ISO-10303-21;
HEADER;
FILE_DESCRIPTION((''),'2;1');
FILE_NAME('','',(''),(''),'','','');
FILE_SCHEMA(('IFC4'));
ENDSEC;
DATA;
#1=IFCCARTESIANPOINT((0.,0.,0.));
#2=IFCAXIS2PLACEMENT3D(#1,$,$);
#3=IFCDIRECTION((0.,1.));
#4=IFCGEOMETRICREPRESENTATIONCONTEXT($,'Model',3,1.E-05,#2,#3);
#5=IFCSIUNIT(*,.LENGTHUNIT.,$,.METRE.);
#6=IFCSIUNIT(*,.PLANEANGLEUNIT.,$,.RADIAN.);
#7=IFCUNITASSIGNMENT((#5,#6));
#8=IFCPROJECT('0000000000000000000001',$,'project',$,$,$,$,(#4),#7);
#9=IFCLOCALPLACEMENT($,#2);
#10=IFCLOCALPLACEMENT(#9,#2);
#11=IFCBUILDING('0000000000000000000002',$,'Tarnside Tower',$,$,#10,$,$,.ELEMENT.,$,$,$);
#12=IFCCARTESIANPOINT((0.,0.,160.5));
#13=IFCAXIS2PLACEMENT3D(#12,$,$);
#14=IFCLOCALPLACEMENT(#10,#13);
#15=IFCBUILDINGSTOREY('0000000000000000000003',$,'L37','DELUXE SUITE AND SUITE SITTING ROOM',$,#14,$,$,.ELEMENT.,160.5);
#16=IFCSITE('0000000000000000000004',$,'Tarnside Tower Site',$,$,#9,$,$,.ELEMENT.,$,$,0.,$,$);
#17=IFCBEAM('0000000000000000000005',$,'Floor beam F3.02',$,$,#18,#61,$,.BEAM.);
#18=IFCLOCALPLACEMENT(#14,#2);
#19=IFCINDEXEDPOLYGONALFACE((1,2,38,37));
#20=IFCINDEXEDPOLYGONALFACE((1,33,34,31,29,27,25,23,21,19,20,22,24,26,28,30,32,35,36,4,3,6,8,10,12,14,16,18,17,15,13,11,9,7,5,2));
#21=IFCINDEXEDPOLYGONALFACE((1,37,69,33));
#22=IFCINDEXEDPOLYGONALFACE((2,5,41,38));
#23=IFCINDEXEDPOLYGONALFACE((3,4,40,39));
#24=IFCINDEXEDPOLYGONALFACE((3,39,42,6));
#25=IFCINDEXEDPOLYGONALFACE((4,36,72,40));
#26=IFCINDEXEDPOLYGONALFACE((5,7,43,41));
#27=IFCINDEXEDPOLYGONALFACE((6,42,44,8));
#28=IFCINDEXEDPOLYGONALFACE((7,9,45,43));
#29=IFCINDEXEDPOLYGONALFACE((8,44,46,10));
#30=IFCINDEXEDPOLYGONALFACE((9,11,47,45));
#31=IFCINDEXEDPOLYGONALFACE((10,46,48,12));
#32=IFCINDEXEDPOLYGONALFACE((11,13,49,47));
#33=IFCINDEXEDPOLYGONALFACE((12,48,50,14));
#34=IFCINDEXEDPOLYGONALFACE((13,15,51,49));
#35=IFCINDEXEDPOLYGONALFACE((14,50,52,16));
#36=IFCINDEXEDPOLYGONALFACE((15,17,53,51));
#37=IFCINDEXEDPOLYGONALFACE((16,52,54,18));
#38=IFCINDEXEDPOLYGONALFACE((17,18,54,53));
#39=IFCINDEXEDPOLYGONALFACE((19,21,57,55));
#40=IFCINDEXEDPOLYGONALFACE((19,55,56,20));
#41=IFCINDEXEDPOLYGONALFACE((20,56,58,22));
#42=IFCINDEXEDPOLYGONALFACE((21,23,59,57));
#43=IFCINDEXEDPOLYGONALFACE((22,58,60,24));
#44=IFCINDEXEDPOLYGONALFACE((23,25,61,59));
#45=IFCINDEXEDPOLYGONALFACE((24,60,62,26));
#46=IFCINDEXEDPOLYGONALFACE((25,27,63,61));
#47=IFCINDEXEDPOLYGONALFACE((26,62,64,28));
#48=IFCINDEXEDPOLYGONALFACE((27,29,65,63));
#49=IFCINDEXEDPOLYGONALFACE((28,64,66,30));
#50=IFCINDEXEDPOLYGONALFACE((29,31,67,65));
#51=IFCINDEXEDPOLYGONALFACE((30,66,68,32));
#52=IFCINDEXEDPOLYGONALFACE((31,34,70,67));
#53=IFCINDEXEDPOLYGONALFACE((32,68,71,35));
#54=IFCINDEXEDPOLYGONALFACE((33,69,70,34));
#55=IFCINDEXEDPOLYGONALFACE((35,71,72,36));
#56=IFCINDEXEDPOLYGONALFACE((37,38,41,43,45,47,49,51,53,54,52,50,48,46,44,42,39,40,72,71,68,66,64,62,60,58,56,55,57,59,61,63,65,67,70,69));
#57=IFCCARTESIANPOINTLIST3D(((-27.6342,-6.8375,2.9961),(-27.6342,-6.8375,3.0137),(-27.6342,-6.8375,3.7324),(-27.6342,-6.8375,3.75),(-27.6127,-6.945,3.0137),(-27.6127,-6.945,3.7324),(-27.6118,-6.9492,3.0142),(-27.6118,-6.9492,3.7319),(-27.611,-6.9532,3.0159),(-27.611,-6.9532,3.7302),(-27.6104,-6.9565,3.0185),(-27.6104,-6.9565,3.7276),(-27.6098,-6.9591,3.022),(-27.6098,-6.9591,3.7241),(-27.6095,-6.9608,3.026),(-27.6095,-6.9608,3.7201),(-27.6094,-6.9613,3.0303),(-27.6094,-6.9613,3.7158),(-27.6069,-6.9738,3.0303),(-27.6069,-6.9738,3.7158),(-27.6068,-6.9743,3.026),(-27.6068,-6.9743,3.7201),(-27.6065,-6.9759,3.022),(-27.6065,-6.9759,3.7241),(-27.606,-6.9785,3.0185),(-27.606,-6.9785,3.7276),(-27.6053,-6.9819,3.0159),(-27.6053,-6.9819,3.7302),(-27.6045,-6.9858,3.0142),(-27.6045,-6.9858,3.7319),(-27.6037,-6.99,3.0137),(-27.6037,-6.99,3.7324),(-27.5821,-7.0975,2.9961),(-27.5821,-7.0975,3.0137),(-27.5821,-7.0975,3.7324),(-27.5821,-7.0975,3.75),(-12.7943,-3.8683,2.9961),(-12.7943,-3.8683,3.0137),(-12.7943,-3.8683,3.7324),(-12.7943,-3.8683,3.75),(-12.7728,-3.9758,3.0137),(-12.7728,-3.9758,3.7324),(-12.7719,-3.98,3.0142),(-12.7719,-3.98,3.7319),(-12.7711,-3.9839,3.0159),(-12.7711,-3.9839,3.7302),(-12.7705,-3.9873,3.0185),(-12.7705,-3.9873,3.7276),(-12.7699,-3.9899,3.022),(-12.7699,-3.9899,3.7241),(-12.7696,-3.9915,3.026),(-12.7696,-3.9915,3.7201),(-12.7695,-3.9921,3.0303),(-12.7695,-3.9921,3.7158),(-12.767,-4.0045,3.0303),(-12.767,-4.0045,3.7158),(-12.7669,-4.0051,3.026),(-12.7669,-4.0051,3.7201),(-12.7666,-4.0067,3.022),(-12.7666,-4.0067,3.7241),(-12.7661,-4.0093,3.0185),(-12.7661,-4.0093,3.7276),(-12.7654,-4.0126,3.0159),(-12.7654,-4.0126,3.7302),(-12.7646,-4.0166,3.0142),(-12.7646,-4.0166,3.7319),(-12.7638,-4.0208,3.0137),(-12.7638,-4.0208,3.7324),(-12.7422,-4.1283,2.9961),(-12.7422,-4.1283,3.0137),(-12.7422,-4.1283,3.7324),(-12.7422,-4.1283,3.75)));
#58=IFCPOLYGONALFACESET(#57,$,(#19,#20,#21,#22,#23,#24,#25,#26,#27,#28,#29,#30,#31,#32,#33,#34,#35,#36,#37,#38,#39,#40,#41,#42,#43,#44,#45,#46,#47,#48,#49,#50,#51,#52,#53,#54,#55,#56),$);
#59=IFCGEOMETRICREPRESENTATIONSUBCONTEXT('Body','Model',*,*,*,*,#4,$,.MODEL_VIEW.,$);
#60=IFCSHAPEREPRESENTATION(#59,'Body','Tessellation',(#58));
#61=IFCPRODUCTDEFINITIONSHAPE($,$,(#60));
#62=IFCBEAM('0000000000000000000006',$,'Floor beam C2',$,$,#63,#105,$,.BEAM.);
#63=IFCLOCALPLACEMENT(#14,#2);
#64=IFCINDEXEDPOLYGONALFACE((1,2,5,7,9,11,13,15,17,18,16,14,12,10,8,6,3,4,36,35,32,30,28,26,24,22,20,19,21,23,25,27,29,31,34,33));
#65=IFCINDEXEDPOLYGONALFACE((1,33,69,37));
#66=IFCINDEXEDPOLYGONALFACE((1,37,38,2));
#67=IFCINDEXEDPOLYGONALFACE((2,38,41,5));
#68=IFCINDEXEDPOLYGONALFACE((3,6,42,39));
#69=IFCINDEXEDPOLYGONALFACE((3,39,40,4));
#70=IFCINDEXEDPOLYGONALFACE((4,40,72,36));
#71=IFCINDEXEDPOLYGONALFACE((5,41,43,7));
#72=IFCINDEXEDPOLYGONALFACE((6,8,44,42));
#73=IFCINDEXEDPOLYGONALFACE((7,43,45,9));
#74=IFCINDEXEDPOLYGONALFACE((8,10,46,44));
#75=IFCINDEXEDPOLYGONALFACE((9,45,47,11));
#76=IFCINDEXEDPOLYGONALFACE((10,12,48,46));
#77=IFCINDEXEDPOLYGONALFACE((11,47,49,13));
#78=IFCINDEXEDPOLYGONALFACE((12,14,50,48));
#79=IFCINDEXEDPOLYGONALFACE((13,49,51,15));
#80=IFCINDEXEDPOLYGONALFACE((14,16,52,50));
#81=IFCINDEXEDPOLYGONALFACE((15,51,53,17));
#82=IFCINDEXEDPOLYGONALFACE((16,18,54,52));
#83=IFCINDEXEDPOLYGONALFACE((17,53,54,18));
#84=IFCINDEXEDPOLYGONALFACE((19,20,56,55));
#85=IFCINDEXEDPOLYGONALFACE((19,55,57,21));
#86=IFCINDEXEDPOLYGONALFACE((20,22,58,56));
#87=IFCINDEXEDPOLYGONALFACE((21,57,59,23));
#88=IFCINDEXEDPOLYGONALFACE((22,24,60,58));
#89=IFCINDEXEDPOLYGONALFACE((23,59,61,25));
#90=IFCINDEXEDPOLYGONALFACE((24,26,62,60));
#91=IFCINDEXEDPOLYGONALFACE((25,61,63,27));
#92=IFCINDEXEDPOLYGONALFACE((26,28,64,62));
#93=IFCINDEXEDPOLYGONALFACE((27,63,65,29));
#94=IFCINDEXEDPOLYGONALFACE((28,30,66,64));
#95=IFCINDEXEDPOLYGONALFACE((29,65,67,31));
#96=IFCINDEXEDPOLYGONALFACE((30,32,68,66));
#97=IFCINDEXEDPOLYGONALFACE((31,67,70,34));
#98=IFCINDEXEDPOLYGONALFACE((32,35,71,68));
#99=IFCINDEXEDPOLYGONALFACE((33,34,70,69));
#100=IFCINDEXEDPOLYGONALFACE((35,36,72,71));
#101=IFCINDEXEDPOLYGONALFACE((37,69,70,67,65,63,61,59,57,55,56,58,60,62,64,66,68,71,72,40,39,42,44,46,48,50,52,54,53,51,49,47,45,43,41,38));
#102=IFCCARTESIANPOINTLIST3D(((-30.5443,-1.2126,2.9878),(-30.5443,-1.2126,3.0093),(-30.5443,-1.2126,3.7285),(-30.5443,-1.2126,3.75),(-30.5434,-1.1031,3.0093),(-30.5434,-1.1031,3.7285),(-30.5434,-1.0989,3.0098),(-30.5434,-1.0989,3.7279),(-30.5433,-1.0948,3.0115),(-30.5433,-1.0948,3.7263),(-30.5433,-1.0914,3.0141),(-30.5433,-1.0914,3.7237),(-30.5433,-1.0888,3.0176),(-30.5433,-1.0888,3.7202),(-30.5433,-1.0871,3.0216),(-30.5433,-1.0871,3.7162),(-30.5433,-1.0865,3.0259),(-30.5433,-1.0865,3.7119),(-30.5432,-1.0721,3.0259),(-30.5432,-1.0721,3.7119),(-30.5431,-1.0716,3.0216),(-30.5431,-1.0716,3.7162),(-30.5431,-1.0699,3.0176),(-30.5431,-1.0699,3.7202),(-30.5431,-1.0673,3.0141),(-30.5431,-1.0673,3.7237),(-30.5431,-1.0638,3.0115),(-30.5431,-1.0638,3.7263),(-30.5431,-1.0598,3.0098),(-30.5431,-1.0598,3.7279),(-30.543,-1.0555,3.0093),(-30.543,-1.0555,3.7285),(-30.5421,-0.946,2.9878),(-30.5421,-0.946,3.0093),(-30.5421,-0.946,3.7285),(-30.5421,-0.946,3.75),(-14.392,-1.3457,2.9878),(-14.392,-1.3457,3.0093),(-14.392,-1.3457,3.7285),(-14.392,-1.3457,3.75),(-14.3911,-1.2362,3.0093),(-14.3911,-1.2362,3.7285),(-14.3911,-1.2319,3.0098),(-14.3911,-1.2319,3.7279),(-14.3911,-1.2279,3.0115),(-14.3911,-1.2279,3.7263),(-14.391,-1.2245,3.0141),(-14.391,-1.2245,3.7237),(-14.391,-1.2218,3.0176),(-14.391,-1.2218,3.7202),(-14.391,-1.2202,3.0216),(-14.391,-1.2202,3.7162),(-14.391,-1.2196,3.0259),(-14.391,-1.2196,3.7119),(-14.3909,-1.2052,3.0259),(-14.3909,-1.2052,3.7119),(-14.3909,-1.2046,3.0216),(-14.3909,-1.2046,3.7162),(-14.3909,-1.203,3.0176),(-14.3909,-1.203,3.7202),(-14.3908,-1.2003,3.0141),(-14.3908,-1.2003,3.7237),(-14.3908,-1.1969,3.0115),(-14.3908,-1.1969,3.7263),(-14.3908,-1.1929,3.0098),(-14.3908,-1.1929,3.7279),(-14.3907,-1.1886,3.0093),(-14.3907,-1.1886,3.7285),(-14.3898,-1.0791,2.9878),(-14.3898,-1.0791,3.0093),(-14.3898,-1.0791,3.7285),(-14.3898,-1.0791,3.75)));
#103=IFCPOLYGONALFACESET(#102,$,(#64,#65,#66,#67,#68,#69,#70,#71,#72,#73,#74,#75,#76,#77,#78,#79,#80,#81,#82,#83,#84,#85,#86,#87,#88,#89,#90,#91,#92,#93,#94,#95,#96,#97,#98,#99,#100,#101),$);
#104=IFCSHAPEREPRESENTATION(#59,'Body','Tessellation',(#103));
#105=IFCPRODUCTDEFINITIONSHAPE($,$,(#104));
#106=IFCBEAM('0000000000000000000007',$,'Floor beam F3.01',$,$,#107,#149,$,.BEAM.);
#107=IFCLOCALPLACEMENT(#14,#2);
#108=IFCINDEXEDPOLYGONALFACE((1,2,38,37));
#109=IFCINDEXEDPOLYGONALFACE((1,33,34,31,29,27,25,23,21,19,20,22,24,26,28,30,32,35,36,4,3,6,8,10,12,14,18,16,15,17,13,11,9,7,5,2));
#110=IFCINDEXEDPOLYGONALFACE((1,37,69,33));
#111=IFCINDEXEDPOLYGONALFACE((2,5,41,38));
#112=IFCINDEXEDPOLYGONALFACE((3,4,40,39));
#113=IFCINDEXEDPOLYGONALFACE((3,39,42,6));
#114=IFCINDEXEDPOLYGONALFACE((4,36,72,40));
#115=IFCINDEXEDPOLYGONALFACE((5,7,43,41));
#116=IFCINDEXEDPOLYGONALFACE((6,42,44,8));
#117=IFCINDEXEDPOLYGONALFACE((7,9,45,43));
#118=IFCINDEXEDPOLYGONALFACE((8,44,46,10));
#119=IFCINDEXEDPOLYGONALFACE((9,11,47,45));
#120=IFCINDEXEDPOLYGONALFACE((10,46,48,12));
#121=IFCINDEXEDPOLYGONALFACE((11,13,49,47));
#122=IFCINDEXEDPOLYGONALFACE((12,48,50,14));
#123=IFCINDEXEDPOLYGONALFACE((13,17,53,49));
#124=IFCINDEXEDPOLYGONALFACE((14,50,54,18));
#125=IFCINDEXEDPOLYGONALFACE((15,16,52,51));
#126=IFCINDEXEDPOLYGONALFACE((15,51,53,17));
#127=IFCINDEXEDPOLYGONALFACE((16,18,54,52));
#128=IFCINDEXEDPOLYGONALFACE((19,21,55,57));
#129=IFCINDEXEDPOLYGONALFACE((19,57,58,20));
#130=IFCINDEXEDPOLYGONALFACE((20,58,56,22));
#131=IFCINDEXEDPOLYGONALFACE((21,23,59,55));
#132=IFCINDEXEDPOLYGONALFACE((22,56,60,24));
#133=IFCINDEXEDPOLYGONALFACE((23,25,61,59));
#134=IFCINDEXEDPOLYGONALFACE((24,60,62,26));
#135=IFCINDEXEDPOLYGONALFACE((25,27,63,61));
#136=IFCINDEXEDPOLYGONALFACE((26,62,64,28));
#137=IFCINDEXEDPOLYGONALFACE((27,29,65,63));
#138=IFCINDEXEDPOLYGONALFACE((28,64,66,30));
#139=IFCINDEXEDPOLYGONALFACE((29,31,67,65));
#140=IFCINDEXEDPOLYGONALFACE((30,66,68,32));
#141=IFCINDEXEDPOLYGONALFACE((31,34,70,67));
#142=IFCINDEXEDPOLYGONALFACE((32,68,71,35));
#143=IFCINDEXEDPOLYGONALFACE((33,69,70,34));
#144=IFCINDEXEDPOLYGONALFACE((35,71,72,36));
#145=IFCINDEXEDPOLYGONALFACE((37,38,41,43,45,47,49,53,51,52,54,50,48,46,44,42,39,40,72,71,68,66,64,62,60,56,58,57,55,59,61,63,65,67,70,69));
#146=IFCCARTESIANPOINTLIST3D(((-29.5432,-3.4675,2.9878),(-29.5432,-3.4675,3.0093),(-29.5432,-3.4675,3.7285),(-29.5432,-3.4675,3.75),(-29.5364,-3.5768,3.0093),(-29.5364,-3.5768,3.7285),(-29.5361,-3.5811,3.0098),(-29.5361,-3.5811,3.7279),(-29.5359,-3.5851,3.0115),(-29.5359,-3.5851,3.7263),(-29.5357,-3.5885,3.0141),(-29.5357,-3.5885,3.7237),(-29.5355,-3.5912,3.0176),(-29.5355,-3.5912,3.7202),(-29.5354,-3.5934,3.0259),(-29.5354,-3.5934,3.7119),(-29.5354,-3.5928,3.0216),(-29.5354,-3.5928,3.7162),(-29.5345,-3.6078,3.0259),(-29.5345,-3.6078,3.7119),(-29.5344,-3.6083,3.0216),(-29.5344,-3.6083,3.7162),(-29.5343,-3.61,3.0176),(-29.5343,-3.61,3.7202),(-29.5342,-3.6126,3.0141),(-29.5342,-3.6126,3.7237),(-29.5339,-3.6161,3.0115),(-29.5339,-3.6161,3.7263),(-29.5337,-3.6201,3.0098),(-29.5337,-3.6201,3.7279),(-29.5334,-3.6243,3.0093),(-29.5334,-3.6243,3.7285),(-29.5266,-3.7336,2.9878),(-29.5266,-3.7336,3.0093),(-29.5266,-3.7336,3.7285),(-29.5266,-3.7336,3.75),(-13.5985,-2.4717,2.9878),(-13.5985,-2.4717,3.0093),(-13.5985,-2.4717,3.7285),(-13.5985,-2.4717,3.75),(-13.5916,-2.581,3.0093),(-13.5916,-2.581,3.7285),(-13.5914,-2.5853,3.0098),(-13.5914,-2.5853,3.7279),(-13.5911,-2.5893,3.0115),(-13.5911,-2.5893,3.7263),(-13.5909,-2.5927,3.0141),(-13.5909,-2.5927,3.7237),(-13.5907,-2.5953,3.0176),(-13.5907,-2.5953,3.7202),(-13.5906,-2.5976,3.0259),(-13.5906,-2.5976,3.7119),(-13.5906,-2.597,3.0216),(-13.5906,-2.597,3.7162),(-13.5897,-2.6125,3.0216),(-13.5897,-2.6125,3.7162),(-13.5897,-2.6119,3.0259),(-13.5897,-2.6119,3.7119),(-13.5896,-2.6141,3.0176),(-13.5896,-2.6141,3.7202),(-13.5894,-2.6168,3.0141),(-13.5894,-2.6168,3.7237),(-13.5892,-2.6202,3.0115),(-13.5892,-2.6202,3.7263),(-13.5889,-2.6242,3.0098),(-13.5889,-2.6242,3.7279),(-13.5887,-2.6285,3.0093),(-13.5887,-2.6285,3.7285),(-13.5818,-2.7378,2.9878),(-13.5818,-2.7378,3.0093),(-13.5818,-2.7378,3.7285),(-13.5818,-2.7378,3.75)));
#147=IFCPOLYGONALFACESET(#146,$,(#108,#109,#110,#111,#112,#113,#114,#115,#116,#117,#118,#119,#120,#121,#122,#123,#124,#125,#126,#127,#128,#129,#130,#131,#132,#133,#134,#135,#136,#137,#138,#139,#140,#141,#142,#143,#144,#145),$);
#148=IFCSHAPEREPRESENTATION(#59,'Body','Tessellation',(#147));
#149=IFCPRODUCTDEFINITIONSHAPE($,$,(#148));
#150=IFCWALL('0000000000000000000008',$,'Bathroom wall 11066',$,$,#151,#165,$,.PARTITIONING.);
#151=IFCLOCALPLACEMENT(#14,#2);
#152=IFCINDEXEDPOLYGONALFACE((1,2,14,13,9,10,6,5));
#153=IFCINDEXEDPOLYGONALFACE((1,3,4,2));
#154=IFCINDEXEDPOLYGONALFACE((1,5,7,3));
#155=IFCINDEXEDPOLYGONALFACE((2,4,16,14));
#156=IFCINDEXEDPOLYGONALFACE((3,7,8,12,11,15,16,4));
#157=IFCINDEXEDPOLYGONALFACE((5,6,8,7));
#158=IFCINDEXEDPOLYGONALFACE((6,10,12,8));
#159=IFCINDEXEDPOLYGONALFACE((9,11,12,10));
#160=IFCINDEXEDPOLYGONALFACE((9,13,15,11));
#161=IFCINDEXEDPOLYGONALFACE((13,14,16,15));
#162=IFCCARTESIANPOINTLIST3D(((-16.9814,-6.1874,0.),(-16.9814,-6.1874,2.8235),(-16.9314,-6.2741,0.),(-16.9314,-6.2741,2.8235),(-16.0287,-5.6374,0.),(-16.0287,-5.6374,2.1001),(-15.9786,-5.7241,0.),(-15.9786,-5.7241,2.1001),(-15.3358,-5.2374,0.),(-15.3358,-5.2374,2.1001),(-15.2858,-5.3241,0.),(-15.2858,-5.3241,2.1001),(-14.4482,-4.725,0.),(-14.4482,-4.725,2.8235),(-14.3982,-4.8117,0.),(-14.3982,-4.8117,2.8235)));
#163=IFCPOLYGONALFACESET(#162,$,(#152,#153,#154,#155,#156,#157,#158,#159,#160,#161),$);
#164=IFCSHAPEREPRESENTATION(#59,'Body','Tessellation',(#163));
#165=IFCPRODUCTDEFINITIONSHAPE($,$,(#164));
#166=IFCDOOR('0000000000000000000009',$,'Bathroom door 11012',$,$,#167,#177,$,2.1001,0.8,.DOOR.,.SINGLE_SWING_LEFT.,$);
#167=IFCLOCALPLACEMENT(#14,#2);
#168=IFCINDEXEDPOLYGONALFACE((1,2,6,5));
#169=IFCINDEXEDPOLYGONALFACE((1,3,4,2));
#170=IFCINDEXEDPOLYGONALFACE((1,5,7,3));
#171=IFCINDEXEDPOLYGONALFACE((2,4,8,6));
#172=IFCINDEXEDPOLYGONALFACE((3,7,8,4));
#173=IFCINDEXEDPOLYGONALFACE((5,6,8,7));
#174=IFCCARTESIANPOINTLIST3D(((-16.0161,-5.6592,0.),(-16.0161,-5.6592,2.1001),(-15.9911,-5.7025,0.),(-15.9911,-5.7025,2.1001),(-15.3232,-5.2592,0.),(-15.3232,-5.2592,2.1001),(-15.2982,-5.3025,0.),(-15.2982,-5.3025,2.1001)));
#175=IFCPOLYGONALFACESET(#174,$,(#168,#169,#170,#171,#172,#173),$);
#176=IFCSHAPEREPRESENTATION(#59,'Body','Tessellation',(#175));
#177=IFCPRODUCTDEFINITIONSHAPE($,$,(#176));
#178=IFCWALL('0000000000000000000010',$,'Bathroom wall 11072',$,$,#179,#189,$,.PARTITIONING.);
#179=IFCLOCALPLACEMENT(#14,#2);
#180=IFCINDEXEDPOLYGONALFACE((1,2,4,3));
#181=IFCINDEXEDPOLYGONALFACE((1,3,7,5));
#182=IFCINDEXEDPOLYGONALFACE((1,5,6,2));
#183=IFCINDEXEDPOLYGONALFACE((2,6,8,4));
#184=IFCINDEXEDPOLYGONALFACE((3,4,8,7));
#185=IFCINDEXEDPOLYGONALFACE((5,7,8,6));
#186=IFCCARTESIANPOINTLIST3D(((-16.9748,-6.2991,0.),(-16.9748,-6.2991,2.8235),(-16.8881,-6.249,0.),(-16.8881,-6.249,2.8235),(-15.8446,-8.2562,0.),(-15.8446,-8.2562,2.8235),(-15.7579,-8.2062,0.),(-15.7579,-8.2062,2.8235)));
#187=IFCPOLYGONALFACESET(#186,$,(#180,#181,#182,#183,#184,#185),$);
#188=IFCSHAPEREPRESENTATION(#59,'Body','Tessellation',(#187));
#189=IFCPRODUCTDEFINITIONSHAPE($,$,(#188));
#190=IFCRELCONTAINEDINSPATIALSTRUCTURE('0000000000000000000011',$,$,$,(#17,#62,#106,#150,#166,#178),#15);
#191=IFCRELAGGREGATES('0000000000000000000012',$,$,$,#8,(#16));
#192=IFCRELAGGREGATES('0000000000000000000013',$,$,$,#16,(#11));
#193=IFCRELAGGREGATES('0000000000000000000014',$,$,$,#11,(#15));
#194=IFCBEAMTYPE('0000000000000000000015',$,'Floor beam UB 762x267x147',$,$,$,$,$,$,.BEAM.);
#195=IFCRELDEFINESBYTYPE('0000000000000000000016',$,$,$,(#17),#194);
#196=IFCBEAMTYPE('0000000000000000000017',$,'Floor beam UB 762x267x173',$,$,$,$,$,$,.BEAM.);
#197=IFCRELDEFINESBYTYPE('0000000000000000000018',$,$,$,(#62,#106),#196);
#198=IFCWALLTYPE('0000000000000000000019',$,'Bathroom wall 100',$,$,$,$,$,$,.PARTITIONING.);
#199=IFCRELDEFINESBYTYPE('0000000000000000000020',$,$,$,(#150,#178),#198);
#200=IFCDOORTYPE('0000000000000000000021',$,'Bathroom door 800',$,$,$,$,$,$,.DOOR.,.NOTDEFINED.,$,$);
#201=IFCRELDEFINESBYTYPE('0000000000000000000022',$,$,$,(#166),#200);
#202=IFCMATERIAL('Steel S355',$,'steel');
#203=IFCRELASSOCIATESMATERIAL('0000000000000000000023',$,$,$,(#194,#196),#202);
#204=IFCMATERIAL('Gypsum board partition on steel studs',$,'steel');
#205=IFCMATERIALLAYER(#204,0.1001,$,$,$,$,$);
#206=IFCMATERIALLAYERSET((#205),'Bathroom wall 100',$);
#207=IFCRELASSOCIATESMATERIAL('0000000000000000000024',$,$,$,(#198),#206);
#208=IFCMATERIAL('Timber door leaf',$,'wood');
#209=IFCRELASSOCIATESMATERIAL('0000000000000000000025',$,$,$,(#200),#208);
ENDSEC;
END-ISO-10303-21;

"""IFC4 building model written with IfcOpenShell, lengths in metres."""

from ifc_helpers import new_model, si_unit, direction, frame, frame_2d, origin, origin_2d, place, context, subcontext, project, spatial, rectangle, i_section, extrude, material, layer, layer_set, material_profile, profile_set, type_object, element, fill, save


model = new_model("IFC4")

# Units and contexts
model_context = context("Model", 3, precision=1e-05, world=origin(), true_north=direction((0.0, 1.0)))
body_context = subcontext(model_context, "Body", "Model", "MODEL_VIEW")
ifc_project = project(units=[si_unit("LENGTHUNIT", "METRE"), si_unit("PLANEANGLEUNIT", "RADIAN")], contexts=[model_context])

# Site, building, storey
site_placement = place(None, origin())
site = spatial("IfcSite", under=ifc_project, at=site_placement, Name="Tarnside Tower Site", CompositionType="ELEMENT", RefElevation=0.0)
building_placement = place(site_placement, origin())
building = spatial("IfcBuilding", under=site, at=building_placement, Name="Tarnside Tower", CompositionType="ELEMENT")
storey_placement = place(building_placement, frame((0.0, 0.0, 160.5)))
storey = spatial("IfcBuildingStorey", under=building, at=storey_placement, Name="L37", Description="DELUXE SUITE AND SUITE SITTING ROOM", CompositionType="ELEMENT", Elevation=160.5)

# Beams
ifc_material_1 = material(Name="Steel S355", Category="steel")
ifc_material_profile_1 = material_profile(ifc_material_1, i_section(OverallWidth=0.2651, OverallDepth=0.7539, WebThickness=0.0127, FlangeThickness=0.0176, FilletRadius=0.0166, at=origin_2d()), Name="UB 762x267x147")
ifc_profile_set_1 = profile_set([ifc_material_profile_1], Name="Steel S355")
beam_type_1 = type_object("IfcBeamType", Name="Floor beam UB 762x267x147", PredefinedType="BEAM", material=ifc_profile_set_1)
beam_1_placement = place(storey_placement, frame((-27.6082, -6.9675, 3.373), z_axis=(0.980565, 0.196197, 0.0), x_axis=(-0.196197, 0.980565, 0.0)))
element("IfcBeam", 1, at=beam_1_placement, inside=storey, type_object=beam_type_1, Name="Floor beam F3.02", PredefinedType="BEAM", context=body_context, shape_type="SweptSolid", body=[
    extrude(i_section(OverallWidth=0.2651, OverallDepth=0.7539, WebThickness=0.0127, FlangeThickness=0.0176, FilletRadius=0.0166, at=origin_2d()), origin(), (0.0, 0.0, 1.0), 15.134),
])
ifc_material_profile_2 = material_profile(ifc_material_1, i_section(OverallWidth=0.2666, OverallDepth=0.7622, WebThickness=0.0144, FlangeThickness=0.0215, FilletRadius=0.0166, at=origin_2d()), Name="UB 762x267x173")
ifc_profile_set_2 = profile_set([ifc_material_profile_2], Name="Steel S355")
beam_type_2 = type_object("IfcBeamType", Name="Floor beam UB 762x267x173", PredefinedType="BEAM", material=ifc_profile_set_2)
beam_2_placement = place(storey_placement, frame((-30.5432, -1.0793, 3.3689), z_axis=(0.999966, -0.008237, 0.0), x_axis=(0.008237, 0.999966, 0.0)))
element("IfcBeam", 2, at=beam_2_placement, inside=storey, type_object=beam_type_2, Name="Floor beam C2", PredefinedType="BEAM", context=body_context, shape_type="SweptSolid", body=[
    extrude(i_section(OverallWidth=0.2666, OverallDepth=0.7622, WebThickness=0.0144, FlangeThickness=0.0215, FilletRadius=0.0166, at=origin_2d()), origin(), (0.0, 0.0, 1.0), 16.1528),
])
beam_3_placement = place(storey_placement, frame((-29.5349, -3.6006, 3.3689), z_axis=(0.998055, 0.062335, 0.0), x_axis=(-0.062335, 0.998055, 0.0)))
element("IfcBeam", 3, at=beam_3_placement, inside=storey, type_object=beam_type_2, Name="Floor beam F3.01", PredefinedType="BEAM", context=body_context, shape_type="SweptSolid", body=[
    extrude(i_section(OverallWidth=0.2666, OverallDepth=0.7622, WebThickness=0.0144, FlangeThickness=0.0215, FilletRadius=0.0166, at=origin_2d()), origin(), (0.0, 0.0, 1.0), 15.9758),
])

# Wall, opening, door
ifc_material_2 = material(Name="Gypsum board partition on steel studs", Category="steel")
ifc_layer_1 = layer(ifc_material_2, 0.1001)
ifc_layer_set_1 = layer_set([ifc_layer_1], Name="Bathroom wall 100")
wall_type_1 = type_object("IfcWallType", Name="Bathroom wall 100", PredefinedType="PARTITIONING", material=ifc_layer_set_1)
wall_1_placement = place(storey_placement, frame((-16.9563, -6.2307, 0.0), z_axis=(0.0, 0.0, 1.0), x_axis=(0.866047, 0.499963, 0.0)))
wall_1 = element("IfcWall", 4, at=wall_1_placement, inside=storey, type_object=wall_type_1, Name="Bathroom wall 11066", PredefinedType="PARTITIONING", context=body_context, shape_type="SweptSolid", body=[
    extrude(rectangle(XDim=2.925, YDim=0.1001, at=frame_2d((1.4624, 0.0))), origin(), (0.0, 0.0, 1.0), 2.8235),
])
opening_1_placement = place(wall_1_placement, frame((1.1001, 0.0, 0.0)))
opening_1 = element("IfcOpeningElement", 5, at=opening_1_placement, cuts=wall_1, PredefinedType="OPENING", context=body_context, shape_type="SweptSolid", body=[
    extrude(rectangle(XDim=0.8, YDim=2.1001, at=frame_2d((0.3999, 1.05))), frame((0.0, 0.0601, 0.0), z_axis=(0.0, -1.0, 0.0), x_axis=(1.0, 0.0, 0.0)), (0.0, 0.0, 1.0), 0.1201),
])
ifc_material_3 = material(Name="Timber door leaf", Category="wood")
door_type_1 = type_object("IfcDoorType", Name="Bathroom door 800", OperationType="NOTDEFINED", PredefinedType="DOOR", material=ifc_material_3)
door_1_placement = place(opening_1_placement, origin())
door_1 = element("IfcDoor", 6, at=door_1_placement, inside=storey, type_object=door_type_1, Name="Bathroom door 11012", OperationType="SINGLE_SWING_LEFT", OverallHeight=2.1001, OverallWidth=0.8, PredefinedType="DOOR", context=body_context, shape_type="SweptSolid", body=[
    extrude(rectangle(XDim=0.8, YDim=2.1001, at=frame_2d((0.3999, 1.05))), frame((0.0, 0.0249, 0.0), z_axis=(0.0, -1.0, 0.0), x_axis=(1.0, 0.0, 0.0)), (0.0, 0.0, 1.0), 0.05),
])
fill(opening_1, door_1)

# Wall
wall_2_placement = place(storey_placement, frame((-16.9314, -6.2742, 0.0), z_axis=(0.0, 0.0, 1.0), x_axis=(0.500078, -0.86598, 0.0)))
element("IfcWall", 7, at=wall_2_placement, inside=storey, type_object=wall_type_1, Name="Bathroom wall 11072", PredefinedType="PARTITIONING", context=body_context, shape_type="SweptSolid", body=[
    extrude(rectangle(XDim=2.26, YDim=0.1001, at=frame_2d((1.1299, 0.0))), origin(), (0.0, 0.0, 1.0), 2.8235),
])

save(model, "model.ifc")
